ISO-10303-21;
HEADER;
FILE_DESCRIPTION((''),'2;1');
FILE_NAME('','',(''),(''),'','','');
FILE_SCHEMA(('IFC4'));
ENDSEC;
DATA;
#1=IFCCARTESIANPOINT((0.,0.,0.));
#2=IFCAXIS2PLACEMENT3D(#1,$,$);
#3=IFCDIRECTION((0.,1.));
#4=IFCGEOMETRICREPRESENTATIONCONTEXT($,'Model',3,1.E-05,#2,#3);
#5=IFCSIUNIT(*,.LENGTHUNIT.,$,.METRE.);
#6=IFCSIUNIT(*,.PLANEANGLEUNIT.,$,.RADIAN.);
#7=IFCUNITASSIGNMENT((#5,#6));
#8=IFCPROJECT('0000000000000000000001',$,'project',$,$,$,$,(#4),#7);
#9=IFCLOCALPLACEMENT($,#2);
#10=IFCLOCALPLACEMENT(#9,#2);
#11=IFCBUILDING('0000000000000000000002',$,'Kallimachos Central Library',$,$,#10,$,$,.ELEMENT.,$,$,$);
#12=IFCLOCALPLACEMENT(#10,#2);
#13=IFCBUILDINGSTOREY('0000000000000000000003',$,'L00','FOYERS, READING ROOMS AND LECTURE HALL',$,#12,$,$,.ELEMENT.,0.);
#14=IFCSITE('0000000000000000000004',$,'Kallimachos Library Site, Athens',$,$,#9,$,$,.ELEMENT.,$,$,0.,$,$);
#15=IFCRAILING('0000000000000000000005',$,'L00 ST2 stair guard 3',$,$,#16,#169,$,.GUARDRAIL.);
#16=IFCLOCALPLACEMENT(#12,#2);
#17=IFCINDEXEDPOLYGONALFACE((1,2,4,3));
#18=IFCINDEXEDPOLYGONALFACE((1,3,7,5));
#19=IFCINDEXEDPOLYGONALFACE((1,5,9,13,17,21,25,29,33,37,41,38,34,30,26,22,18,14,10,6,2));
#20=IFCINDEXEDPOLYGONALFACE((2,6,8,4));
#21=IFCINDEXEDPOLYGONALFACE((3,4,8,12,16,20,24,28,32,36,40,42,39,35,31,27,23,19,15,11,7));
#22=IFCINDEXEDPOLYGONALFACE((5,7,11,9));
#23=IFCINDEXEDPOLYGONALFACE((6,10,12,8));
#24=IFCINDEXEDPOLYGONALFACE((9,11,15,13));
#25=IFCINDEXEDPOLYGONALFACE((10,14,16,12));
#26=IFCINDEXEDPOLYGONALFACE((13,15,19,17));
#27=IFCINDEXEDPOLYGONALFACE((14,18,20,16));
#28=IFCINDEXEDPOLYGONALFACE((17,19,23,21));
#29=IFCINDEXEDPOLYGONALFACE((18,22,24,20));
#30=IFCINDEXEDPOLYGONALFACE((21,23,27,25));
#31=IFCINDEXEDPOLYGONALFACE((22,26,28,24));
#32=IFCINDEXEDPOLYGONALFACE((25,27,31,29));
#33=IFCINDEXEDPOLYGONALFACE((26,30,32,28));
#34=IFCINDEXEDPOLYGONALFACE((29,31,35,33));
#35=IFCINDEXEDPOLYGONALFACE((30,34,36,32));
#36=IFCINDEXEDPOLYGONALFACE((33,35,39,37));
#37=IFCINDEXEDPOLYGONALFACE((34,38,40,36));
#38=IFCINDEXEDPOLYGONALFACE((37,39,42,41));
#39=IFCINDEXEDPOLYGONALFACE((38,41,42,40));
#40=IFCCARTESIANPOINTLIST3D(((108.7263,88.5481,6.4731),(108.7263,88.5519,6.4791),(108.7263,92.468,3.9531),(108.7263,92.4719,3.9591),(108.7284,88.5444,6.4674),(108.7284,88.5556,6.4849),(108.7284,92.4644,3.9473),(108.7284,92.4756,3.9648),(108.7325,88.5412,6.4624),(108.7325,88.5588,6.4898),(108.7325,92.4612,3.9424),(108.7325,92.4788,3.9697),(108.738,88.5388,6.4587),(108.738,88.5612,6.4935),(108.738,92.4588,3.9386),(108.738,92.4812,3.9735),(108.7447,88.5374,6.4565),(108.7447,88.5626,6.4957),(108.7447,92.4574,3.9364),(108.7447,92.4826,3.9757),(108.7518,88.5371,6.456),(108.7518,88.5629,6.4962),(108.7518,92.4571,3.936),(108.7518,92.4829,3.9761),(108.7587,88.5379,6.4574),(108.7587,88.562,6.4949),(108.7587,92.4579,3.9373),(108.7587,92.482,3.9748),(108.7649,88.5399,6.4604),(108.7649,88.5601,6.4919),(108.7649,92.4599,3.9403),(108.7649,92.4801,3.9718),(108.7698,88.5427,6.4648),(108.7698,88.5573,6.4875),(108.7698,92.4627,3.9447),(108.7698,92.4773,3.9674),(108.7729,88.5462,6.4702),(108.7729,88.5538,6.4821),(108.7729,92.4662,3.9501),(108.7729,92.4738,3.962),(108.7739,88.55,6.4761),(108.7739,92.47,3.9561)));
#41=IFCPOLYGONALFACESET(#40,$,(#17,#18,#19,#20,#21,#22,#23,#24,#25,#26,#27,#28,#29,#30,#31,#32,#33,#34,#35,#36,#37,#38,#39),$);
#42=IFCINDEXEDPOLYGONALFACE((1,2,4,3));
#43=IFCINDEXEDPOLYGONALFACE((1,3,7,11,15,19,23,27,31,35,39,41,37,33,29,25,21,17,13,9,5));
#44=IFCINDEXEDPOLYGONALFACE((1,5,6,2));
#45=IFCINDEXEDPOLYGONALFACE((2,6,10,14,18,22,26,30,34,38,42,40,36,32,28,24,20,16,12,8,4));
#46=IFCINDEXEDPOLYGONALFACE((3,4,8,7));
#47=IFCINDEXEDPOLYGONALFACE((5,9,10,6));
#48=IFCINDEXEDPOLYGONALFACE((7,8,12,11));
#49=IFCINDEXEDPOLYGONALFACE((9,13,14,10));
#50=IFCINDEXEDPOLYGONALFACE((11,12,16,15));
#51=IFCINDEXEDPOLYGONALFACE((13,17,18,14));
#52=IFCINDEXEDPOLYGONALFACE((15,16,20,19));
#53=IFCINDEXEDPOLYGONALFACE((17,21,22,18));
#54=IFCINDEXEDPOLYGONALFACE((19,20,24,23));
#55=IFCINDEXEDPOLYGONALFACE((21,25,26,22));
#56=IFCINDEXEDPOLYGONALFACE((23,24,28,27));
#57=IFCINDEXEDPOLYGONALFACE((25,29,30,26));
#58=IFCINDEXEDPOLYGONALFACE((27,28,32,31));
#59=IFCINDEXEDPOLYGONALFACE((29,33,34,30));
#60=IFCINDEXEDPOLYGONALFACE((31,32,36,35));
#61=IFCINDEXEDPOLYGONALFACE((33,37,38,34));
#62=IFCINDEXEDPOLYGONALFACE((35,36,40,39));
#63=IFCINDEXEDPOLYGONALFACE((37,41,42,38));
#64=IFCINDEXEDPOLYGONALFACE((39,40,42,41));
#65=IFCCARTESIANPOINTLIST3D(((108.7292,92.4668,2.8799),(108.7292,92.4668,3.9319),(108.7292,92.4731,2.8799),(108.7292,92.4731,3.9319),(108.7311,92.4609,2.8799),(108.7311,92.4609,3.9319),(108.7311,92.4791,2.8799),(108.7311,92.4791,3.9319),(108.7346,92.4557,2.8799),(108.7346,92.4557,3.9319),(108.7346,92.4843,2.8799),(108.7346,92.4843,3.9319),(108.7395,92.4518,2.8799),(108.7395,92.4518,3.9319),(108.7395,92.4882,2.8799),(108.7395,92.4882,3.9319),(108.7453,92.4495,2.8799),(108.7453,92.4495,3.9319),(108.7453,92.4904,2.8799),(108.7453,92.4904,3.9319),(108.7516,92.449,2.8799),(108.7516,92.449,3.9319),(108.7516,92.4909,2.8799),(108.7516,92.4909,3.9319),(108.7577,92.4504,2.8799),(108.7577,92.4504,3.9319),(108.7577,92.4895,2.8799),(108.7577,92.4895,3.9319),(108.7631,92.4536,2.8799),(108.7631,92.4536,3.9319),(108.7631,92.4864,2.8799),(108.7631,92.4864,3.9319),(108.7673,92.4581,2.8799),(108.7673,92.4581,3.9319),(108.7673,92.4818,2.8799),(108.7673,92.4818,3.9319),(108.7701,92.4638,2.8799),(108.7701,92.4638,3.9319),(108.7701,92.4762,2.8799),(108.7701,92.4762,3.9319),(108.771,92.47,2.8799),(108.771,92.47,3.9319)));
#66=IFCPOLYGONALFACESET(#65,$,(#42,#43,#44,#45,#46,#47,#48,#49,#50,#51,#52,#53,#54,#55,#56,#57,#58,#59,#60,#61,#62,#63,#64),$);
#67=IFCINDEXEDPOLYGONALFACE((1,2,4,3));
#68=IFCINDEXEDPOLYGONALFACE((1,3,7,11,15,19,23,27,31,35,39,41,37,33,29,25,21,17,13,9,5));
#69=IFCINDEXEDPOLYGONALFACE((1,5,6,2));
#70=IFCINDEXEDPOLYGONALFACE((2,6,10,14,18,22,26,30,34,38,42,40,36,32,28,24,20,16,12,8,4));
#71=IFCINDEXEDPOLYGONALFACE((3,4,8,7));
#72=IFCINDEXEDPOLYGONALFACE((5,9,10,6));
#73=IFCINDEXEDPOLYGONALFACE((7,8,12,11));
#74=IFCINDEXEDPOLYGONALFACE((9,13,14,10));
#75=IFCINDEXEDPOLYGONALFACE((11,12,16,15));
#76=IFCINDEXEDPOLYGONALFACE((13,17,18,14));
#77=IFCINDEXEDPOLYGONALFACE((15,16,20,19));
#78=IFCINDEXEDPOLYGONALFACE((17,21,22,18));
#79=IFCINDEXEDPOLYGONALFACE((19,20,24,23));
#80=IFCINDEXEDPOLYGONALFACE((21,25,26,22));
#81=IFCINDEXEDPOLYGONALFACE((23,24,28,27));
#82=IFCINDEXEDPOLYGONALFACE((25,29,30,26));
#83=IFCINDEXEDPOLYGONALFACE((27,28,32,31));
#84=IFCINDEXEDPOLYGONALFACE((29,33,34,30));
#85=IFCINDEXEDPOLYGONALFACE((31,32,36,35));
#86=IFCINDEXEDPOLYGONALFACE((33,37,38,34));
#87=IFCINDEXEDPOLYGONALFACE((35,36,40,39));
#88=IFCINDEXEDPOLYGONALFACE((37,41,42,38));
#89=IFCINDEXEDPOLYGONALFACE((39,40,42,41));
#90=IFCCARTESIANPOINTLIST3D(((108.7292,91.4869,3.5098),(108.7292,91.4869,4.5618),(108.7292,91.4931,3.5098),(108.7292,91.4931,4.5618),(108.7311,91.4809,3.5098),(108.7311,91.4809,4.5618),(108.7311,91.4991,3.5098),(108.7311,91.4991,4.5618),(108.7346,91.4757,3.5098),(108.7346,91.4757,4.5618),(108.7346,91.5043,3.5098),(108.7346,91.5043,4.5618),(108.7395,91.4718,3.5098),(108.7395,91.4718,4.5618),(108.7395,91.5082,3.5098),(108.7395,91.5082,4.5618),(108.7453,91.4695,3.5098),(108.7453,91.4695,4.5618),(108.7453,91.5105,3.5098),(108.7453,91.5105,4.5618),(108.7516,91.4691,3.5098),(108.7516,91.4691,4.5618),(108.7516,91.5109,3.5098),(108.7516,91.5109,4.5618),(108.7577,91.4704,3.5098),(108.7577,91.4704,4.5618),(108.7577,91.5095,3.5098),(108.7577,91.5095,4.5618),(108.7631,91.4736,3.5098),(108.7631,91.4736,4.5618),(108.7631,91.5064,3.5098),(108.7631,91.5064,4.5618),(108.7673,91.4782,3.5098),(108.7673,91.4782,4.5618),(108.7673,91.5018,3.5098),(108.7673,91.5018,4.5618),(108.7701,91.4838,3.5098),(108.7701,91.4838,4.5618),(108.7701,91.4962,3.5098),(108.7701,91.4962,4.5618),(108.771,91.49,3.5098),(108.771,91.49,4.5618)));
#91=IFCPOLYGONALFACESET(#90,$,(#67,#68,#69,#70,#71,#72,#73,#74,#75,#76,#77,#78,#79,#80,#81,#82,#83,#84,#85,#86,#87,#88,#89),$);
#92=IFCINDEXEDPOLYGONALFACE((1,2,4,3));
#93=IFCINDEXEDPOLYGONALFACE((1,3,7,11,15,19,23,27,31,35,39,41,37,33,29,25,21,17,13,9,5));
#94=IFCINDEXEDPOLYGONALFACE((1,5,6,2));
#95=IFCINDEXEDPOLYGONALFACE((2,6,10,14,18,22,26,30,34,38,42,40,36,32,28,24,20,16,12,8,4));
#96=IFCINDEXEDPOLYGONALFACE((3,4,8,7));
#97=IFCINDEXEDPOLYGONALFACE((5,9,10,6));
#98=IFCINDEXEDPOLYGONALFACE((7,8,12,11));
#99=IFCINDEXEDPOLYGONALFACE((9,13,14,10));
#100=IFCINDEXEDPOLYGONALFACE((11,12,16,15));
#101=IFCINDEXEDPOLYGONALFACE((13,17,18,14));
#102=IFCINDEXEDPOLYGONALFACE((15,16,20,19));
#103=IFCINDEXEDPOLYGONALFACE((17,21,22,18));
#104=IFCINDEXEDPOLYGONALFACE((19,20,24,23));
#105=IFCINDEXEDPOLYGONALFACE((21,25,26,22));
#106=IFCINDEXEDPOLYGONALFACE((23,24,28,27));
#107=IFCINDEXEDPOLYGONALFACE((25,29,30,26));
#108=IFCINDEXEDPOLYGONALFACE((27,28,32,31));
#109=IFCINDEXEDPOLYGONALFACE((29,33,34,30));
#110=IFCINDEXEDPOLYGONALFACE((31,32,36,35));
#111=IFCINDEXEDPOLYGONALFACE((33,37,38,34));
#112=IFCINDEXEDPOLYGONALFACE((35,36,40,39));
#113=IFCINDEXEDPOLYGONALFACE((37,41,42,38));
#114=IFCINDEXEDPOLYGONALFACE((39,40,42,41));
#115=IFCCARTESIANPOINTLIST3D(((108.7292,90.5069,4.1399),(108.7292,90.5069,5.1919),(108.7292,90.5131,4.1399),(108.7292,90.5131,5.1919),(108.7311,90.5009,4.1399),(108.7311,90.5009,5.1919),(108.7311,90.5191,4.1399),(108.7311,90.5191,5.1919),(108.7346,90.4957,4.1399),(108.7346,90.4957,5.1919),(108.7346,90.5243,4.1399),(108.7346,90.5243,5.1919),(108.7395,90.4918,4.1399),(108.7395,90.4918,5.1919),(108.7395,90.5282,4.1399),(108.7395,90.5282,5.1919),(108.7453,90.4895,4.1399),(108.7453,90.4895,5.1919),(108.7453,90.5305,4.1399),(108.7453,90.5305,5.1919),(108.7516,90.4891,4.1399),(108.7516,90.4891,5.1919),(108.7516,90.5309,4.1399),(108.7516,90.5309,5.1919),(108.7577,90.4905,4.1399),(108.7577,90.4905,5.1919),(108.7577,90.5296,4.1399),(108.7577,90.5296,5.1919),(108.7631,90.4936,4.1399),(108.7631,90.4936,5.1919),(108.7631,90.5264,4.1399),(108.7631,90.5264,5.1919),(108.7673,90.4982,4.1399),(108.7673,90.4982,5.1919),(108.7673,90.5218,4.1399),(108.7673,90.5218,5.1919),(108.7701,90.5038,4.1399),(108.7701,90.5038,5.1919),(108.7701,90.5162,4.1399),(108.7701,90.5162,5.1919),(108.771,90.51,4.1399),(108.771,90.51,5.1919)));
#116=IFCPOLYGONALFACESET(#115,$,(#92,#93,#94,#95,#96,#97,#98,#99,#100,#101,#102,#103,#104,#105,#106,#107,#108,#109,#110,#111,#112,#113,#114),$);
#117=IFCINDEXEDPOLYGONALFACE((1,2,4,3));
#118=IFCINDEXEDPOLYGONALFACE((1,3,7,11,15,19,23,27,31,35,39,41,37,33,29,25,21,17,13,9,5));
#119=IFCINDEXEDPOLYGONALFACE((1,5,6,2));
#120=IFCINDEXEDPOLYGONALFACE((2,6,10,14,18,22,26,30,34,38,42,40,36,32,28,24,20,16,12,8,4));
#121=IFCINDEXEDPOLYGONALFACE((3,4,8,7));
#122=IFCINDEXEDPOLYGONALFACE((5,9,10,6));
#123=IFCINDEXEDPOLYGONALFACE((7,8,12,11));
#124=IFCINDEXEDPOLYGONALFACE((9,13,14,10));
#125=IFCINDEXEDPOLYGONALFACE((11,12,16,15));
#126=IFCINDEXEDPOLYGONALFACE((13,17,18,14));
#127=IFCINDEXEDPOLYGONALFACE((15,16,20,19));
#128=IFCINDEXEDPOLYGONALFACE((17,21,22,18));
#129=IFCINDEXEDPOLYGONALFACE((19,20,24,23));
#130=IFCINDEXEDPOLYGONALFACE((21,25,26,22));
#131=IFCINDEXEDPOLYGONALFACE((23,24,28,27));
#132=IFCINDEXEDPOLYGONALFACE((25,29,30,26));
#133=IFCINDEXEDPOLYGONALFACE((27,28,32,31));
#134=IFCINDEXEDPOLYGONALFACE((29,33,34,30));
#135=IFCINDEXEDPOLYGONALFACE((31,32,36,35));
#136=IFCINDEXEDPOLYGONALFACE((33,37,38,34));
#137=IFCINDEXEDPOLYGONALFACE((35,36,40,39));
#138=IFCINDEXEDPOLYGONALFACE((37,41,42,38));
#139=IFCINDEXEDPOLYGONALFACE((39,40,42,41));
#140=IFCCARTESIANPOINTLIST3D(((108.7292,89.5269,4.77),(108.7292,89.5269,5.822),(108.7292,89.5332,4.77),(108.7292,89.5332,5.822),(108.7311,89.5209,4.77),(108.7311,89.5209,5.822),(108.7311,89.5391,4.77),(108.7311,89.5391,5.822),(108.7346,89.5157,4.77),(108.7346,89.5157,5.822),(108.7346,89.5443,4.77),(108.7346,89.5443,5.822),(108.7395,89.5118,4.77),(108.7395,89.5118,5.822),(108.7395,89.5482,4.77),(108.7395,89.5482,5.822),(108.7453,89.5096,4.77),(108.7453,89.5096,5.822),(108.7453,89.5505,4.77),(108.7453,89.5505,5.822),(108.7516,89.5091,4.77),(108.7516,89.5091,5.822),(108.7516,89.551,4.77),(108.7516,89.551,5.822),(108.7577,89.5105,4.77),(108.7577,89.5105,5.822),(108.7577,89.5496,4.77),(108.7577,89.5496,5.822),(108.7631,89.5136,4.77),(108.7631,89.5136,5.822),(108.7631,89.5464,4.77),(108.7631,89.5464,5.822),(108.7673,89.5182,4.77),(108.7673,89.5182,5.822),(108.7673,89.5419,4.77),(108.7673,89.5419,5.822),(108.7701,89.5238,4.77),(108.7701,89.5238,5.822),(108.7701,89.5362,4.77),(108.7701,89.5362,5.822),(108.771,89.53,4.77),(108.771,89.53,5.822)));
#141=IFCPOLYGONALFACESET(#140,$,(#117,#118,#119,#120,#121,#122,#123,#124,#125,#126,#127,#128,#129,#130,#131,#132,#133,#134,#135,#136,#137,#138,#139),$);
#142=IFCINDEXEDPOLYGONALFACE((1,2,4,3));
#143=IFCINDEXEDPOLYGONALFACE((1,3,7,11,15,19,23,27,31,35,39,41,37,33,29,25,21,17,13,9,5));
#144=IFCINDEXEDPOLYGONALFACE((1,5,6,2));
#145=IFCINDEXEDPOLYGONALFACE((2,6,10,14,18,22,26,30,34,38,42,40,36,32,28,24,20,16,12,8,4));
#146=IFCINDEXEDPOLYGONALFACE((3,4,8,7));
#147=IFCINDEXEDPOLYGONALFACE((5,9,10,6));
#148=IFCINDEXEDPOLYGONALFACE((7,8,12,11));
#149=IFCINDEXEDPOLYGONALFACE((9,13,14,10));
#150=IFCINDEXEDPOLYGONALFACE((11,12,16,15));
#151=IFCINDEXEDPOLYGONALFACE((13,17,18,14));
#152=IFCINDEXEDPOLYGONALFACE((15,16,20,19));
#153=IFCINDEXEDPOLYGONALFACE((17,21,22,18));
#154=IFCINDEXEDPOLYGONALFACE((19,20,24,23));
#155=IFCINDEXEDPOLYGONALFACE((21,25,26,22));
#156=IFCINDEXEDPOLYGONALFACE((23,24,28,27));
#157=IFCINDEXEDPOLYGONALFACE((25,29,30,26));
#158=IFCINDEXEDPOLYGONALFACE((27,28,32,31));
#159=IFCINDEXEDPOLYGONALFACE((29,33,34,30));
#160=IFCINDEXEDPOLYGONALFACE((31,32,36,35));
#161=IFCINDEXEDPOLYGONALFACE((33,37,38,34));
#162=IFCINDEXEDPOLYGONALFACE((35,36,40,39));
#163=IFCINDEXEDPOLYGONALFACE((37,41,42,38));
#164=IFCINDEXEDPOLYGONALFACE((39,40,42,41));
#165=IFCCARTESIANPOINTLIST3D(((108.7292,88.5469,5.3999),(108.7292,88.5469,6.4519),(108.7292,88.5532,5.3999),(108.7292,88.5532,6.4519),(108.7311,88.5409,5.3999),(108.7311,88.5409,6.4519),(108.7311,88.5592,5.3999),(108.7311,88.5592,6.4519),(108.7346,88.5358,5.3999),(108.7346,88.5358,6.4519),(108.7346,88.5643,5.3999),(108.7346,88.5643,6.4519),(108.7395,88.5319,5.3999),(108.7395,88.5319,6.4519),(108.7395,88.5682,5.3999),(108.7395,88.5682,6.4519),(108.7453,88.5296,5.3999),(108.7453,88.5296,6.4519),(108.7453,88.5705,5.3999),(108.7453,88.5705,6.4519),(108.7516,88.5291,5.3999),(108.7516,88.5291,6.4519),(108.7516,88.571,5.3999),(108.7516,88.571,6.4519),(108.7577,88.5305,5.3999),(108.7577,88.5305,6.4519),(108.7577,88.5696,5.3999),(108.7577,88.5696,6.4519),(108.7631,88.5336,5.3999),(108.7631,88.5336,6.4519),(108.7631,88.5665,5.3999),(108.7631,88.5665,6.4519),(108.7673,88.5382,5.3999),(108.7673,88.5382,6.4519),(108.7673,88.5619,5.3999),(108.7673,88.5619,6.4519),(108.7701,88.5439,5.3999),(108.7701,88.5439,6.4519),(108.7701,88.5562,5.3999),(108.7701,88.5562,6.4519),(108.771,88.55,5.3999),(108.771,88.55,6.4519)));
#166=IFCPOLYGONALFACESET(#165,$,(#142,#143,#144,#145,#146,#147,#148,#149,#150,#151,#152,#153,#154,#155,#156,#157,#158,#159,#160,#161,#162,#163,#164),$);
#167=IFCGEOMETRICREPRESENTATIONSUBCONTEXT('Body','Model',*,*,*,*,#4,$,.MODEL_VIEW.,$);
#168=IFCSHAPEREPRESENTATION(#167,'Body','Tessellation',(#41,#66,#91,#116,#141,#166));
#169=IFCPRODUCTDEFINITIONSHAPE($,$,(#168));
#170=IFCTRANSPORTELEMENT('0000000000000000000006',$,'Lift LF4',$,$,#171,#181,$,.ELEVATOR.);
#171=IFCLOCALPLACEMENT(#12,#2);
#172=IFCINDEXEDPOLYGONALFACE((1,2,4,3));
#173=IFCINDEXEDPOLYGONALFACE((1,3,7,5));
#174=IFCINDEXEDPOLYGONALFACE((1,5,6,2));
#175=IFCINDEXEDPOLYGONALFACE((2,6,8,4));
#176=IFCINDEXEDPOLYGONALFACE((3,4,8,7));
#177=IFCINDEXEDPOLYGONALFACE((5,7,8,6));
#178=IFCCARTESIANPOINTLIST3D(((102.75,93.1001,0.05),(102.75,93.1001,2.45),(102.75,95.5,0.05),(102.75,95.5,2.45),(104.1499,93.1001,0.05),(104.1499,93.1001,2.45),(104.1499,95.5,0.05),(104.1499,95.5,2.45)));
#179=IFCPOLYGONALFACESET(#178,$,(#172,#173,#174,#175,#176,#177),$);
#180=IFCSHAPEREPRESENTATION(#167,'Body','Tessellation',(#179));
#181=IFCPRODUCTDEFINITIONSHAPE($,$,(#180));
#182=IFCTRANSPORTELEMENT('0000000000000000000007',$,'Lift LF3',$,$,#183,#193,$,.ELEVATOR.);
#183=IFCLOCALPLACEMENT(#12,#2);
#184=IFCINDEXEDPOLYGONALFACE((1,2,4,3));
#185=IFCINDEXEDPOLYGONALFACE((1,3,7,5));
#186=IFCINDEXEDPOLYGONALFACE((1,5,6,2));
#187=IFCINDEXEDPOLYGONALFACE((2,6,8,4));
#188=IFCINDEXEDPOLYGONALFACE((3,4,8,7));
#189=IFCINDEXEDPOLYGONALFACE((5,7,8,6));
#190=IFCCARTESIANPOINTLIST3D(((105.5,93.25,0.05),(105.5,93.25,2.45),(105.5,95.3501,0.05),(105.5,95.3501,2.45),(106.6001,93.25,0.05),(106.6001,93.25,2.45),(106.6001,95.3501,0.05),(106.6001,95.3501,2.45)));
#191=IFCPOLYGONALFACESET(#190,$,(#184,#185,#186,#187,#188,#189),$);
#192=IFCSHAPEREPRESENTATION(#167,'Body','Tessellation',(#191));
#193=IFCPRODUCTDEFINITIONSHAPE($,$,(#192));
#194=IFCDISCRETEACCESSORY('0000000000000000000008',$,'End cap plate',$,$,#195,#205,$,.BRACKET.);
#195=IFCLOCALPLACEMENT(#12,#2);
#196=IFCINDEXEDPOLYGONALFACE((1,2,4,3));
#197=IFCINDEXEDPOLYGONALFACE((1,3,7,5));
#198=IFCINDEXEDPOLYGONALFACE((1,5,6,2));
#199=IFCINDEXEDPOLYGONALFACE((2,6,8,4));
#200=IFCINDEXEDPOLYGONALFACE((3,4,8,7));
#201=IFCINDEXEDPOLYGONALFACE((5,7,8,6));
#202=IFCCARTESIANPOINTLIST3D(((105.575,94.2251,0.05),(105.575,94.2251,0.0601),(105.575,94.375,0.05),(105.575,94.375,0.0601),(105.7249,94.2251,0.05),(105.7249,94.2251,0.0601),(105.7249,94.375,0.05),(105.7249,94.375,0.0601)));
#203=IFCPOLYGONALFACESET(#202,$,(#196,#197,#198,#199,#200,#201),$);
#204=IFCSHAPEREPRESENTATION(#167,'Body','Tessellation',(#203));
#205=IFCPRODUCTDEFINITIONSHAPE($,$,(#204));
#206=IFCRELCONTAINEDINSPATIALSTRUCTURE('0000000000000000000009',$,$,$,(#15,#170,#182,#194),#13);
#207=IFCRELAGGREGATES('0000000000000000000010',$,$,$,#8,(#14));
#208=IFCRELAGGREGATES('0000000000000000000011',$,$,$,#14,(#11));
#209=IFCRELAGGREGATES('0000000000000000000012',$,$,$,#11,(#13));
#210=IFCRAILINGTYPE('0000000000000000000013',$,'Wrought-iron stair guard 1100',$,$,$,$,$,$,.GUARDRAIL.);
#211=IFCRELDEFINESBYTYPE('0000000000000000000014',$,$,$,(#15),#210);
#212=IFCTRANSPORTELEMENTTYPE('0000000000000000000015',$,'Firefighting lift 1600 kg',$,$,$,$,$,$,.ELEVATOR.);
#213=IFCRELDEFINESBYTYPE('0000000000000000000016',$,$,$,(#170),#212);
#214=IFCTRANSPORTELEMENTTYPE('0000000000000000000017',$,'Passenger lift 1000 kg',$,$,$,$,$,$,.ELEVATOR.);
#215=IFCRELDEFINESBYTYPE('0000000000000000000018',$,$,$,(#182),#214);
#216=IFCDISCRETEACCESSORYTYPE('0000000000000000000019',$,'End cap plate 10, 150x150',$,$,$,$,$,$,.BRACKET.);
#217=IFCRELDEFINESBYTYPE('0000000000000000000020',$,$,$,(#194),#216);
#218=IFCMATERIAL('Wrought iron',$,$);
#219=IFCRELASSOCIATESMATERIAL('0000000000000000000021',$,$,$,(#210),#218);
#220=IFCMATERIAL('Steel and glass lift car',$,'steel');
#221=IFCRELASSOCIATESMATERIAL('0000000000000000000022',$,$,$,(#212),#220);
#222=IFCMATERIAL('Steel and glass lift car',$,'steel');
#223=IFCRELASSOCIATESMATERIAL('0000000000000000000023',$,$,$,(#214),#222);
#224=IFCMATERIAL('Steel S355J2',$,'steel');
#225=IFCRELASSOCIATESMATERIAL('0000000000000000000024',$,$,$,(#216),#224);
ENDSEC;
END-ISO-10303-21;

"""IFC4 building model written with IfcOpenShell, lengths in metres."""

from ifc_helpers import new_model, si_unit, direction, frame, origin, origin_2d, place, context, subcontext, project, spatial, rectangle, circle, extrude, material, material_profile, profile_set, type_object, element, save


model = new_model("IFC4")

# Units and contexts
model_context = context("Model", 3, precision=1e-05, world=origin(), true_north=direction((0.0, 1.0)))
body_context = subcontext(model_context, "Body", "Model", "MODEL_VIEW")
ifc_project = project(units=[si_unit("LENGTHUNIT", "METRE"), si_unit("PLANEANGLEUNIT", "RADIAN")], contexts=[model_context])

# Site, building, storey
site_placement = place(None, origin())
site = spatial("IfcSite", under=ifc_project, at=site_placement, Name="Kallimachos Library Site, Athens", CompositionType="ELEMENT", RefElevation=0.0)
building_placement = place(site_placement, origin())
building = spatial("IfcBuilding", under=site, at=building_placement, Name="Kallimachos Central Library", CompositionType="ELEMENT")
storey_placement = place(building_placement, origin())
storey = spatial("IfcBuildingStorey", under=building, at=storey_placement, Name="L00", Description="FOYERS, READING ROOMS AND LECTURE HALL", CompositionType="ELEMENT", Elevation=0.0)

# Railing
ifc_material_1 = material(Name="Wrought iron")
railing_type_1 = type_object("IfcRailingType", Name="Wrought-iron stair guard 1100", PredefinedType="GUARDRAIL", material=ifc_material_1)
railing_1_placement = place(storey_placement, frame((108.75, 92.47, 2.8799)))
element("IfcRailing", 1, at=railing_1_placement, inside=storey, type_object=railing_type_1, Name="L00 ST2 stair guard 3", PredefinedType="GUARDRAIL", context=body_context, shape_type="SweptSolid", body=[
    extrude(circle(Radius=0.0239, at=origin_2d()), frame((0.0, 0.0, 1.0762), z_axis=(0.0, -0.841172, 0.540768), x_axis=(1.0, 0.0, 0.0)), (0.0, 0.0, 1.0), 4.6602),
    extrude(circle(Radius=0.021, at=origin_2d()), origin(), (0.0, 0.0, 1.0), 1.052),
    extrude(circle(Radius=0.021, at=origin_2d()), frame((0.0, -0.98, 0.6299)), (0.0, 0.0, 1.0), 1.052),
    extrude(circle(Radius=0.021, at=origin_2d()), frame((0.0, -1.96, 1.26)), (0.0, 0.0, 1.0), 1.052),
    extrude(circle(Radius=0.021, at=origin_2d()), frame((0.0, -2.9399, 1.8901)), (0.0, 0.0, 1.0), 1.052),
    extrude(circle(Radius=0.021, at=origin_2d()), frame((0.0, -3.9199, 2.52)), (0.0, 0.0, 1.0), 1.052),
])

# Transport elements
ifc_material_2 = material(Name="Steel and glass lift car", Category="steel")
transport_element_type_1 = type_object("IfcTransportElementType", Name="Firefighting lift 1600 kg", PredefinedType="ELEVATOR", material=ifc_material_2)
transport_element_1_placement = place(storey_placement, frame((103.45, 94.3, 0.05), z_axis=(0.0, 0.0, 1.0), x_axis=(1.0, 0.0, 0.0)))
element("IfcTransportElement", 2, at=transport_element_1_placement, inside=storey, type_object=transport_element_type_1, Name="Lift LF4", PredefinedType="ELEVATOR", context=body_context, shape_type="SweptSolid", body=[
    extrude(rectangle(XDim=1.3999, YDim=2.3999, at=origin_2d()), origin(), (0.0, 0.0, 1.0), 2.3999),
])
ifc_material_3 = material(Name="Steel and glass lift car", Category="steel")
transport_element_type_2 = type_object("IfcTransportElementType", Name="Passenger lift 1000 kg", PredefinedType="ELEVATOR", material=ifc_material_3)
transport_element_2_placement = place(storey_placement, frame((106.05, 94.3, 0.05), z_axis=(0.0, 0.0, 1.0), x_axis=(1.0, 0.0, 0.0)))
element("IfcTransportElement", 3, at=transport_element_2_placement, inside=storey, type_object=transport_element_type_2, Name="Lift LF3", PredefinedType="ELEVATOR", context=body_context, shape_type="SweptSolid", body=[
    extrude(rectangle(XDim=1.1001, YDim=2.1001, at=origin_2d()), origin(), (0.0, 0.0, 1.0), 2.3999),
])

# Discrete accessory
ifc_material_4 = material(Name="Steel S355J2", Category="steel")
ifc_material_profile_1 = material_profile(ifc_material_4, rectangle(XDim=0.1499, YDim=0.1499, at=origin_2d()), Name="End cap plate 10, 150x150")
ifc_profile_set_1 = profile_set([ifc_material_profile_1], Name="Steel S355J2")
discrete_accessory_type = type_object("IfcDiscreteAccessoryType", Name="End cap plate 10, 150x150", PredefinedType="BRACKET", material=ifc_profile_set_1)
for number, where, z_axis, x_axis, name in (
    (4, (105.6499, 94.3, 0.05), (0.0, 0.0, 1.0), (1.0, 0.0, 0.0), "End cap plate"),
):
    element("IfcDiscreteAccessory", number, at=place(storey_placement, frame(where, z_axis=z_axis, x_axis=x_axis)), inside=storey, type_object=discrete_accessory_type, Name=name, PredefinedType="BRACKET", context=body_context, shape_type="SweptSolid", body=[
        extrude(rectangle(XDim=0.1499, YDim=0.1499, at=origin_2d()), origin(), (0.0, 0.0, 1.0), 0.01),
    ])

save(model, "model.ifc")
